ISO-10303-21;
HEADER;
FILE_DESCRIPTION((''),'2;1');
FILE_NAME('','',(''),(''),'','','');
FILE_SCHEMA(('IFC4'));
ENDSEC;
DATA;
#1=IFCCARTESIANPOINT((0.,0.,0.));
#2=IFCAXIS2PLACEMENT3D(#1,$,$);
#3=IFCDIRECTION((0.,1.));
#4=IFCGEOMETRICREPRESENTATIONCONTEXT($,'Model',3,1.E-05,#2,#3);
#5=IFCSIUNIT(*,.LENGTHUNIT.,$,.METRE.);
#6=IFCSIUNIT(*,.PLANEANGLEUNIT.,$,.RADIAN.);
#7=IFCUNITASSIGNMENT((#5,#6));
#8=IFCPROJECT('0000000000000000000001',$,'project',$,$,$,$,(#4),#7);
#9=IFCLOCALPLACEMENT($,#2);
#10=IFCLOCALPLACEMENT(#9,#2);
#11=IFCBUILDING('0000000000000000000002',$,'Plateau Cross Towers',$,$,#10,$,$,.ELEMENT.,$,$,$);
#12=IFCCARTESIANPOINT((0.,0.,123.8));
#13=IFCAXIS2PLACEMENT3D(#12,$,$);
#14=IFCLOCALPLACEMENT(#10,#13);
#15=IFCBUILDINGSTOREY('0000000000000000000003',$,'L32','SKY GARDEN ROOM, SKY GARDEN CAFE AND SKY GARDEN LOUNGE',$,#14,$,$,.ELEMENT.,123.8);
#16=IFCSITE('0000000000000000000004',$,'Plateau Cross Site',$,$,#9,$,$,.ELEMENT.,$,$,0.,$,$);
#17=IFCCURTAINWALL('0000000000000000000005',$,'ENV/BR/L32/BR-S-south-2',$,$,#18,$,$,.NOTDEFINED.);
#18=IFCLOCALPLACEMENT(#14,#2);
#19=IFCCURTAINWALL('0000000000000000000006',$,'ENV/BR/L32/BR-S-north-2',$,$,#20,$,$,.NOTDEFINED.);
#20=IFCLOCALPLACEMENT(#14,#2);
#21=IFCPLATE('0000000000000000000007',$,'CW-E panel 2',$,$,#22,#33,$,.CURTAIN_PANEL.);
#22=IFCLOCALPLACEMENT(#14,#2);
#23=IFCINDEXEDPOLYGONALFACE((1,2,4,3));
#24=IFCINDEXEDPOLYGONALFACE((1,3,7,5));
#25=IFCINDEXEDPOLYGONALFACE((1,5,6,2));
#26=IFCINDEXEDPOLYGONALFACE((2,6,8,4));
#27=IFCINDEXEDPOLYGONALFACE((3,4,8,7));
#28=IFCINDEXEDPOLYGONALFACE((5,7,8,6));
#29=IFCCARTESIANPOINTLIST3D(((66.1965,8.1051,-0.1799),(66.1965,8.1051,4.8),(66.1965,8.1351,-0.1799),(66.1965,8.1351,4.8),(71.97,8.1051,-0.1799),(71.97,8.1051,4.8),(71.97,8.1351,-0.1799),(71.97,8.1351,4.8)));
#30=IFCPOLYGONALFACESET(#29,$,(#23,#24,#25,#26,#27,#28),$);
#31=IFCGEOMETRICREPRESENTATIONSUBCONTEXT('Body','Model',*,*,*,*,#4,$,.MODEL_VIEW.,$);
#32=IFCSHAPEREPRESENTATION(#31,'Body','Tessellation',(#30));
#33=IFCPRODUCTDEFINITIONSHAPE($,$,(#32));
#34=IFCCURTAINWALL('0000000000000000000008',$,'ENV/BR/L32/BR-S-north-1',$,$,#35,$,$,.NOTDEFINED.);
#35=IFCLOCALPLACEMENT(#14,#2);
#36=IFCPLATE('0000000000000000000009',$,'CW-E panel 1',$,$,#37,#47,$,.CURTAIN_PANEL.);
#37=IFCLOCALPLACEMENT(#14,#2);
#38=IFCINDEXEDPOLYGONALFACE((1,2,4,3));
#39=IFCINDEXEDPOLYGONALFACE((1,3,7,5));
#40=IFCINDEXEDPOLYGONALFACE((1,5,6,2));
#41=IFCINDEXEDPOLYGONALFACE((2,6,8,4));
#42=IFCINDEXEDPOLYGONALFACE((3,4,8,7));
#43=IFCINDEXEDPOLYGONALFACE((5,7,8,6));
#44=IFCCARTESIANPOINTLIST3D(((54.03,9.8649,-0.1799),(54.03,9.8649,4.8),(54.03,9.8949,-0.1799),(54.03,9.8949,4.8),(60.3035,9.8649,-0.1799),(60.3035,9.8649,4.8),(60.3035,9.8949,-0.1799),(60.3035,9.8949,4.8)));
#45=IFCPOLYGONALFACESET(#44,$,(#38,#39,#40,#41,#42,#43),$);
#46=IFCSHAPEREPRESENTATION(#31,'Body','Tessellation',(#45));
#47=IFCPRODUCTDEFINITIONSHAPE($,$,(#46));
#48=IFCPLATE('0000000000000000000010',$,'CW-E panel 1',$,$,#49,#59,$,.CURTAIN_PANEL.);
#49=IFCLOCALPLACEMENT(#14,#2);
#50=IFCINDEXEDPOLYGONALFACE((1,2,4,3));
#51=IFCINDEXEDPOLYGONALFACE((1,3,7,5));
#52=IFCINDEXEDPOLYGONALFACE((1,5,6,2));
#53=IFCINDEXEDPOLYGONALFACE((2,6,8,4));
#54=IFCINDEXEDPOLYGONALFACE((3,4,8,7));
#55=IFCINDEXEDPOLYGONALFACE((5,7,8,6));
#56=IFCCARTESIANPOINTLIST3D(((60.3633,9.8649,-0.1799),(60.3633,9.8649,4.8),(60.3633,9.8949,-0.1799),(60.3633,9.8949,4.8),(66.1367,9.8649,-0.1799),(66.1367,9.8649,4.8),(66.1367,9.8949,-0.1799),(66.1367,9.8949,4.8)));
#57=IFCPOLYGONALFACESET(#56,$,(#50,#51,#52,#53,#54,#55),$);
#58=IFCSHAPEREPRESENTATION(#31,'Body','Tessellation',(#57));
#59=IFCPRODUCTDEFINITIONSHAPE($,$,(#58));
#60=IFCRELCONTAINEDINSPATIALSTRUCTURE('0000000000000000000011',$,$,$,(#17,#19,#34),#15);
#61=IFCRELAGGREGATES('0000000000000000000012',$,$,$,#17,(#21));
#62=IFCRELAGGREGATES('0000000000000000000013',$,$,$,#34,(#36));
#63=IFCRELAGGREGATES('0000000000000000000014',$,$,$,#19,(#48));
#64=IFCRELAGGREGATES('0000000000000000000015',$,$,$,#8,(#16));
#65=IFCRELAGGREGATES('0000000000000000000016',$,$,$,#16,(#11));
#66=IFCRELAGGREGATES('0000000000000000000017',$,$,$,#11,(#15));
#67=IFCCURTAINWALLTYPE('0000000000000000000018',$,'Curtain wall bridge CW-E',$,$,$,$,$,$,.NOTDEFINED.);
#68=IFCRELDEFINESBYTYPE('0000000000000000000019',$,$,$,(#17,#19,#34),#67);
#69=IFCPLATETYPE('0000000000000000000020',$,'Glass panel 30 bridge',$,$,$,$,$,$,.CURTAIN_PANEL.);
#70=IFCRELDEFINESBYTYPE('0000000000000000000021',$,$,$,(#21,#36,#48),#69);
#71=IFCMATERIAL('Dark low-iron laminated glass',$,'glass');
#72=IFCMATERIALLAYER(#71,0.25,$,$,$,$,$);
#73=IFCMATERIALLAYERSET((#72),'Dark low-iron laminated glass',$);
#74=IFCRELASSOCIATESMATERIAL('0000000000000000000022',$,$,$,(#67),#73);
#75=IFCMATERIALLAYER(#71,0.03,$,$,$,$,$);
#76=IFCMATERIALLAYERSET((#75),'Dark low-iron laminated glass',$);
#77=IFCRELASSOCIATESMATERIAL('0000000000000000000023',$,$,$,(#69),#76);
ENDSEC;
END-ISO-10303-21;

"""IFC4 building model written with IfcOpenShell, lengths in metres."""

from ifc_helpers import new_model, si_unit, direction, frame, origin, origin_2d, place, context, subcontext, project, spatial, rectangle, extrude, material, layer, layer_set, type_object, element, aggregate, save


model = new_model("IFC4")

# Units and contexts
model_context = context("Model", 3, precision=1e-05, world=origin(), true_north=direction((0.0, 1.0)))
body_context = subcontext(model_context, "Body", "Model", "MODEL_VIEW")
ifc_project = project(units=[si_unit("LENGTHUNIT", "METRE"), si_unit("PLANEANGLEUNIT", "RADIAN")], contexts=[model_context])

# Site, building, storey
site_placement = place(None, origin())
site = spatial("IfcSite", under=ifc_project, at=site_placement, Name="Plateau Cross Site", CompositionType="ELEMENT", RefElevation=0.0)
building_placement = place(site_placement, origin())
building = spatial("IfcBuilding", under=site, at=building_placement, Name="Plateau Cross Towers", CompositionType="ELEMENT")
storey_placement = place(building_placement, frame((0.0, 0.0, 123.8)))
storey = spatial("IfcBuildingStorey", under=building, at=storey_placement, Name="L32", Description="SKY GARDEN ROOM, SKY GARDEN CAFE AND SKY GARDEN LOUNGE", CompositionType="ELEMENT", Elevation=123.8)

# Curtain walls
ifc_material_1 = material(Name="Dark low-iron laminated glass", Category="glass")
ifc_layer_1 = layer(ifc_material_1, 0.25)
ifc_layer_set_1 = layer_set([ifc_layer_1], Name="Dark low-iron laminated glass")
curtain_wall_type = type_object("IfcCurtainWallType", Name="Curtain wall bridge CW-E", PredefinedType="NOTDEFINED", material=ifc_layer_set_1)
curtain_wall_1_placement = place(storey_placement, origin())
curtain_wall_1 = element("IfcCurtainWall", 1, at=curtain_wall_1_placement, inside=storey, type_object=curtain_wall_type, Name="ENV/BR/L32/BR-S-south-2", PredefinedType="NOTDEFINED")
curtain_wall_2_placement = place(storey_placement, origin())
curtain_wall_2 = element("IfcCurtainWall", 2, at=curtain_wall_2_placement, inside=storey, type_object=curtain_wall_type, Name="ENV/BR/L32/BR-S-north-2", PredefinedType="NOTDEFINED")

# Shared definitions
ifc_layer_2 = layer(ifc_material_1, 0.03)
ifc_layer_set_2 = layer_set([ifc_layer_2], Name="Dark low-iron laminated glass")
plate_type = type_object("IfcPlateType", Name="Glass panel 30 bridge", PredefinedType="CURTAIN_PANEL", material=ifc_layer_set_2)

# Plate
plate_1_placement = place(storey_placement, frame((69.0833, 8.1201, -0.1799), z_axis=(0.0, 0.0, 1.0), x_axis=(1.0, 0.0, 0.0)))
plate_1 = element("IfcPlate", 3, at=plate_1_placement, type_object=plate_type, Name="CW-E panel 2", PredefinedType="CURTAIN_PANEL", context=body_context, shape_type="SweptSolid", body=[
    extrude(rectangle(XDim=5.7734, YDim=0.03, at=origin_2d()), origin(), (0.0, 0.0, 1.0), 4.98),
])
aggregate(curtain_wall_1, [plate_1])

# Curtain wall, plate
curtain_wall_3_placement = place(storey_placement, origin())
curtain_wall_3 = element("IfcCurtainWall", 4, at=curtain_wall_3_placement, inside=storey, type_object=curtain_wall_type, Name="ENV/BR/L32/BR-S-north-1", PredefinedType="NOTDEFINED")
plate_2_placement = place(storey_placement, frame((57.1667, 9.8799, -0.1799), z_axis=(0.0, 0.0, 1.0), x_axis=(1.0, 0.0, 0.0)))
plate_2 = element("IfcPlate", 5, at=plate_2_placement, type_object=plate_type, Name="CW-E panel 1", PredefinedType="CURTAIN_PANEL", context=body_context, shape_type="SweptSolid", body=[
    extrude(rectangle(XDim=6.2734, YDim=0.03, at=origin_2d()), origin(), (0.0, 0.0, 1.0), 4.98),
])
aggregate(curtain_wall_3, [plate_2])

# Plate
plate_3_placement = place(storey_placement, frame((63.25, 9.8799, -0.1799), z_axis=(0.0, 0.0, 1.0), x_axis=(1.0, 0.0, 0.0)))
plate_3 = element("IfcPlate", 6, at=plate_3_placement, type_object=plate_type, Name="CW-E panel 1", PredefinedType="CURTAIN_PANEL", context=body_context, shape_type="SweptSolid", body=[
    extrude(rectangle(XDim=5.7734, YDim=0.03, at=origin_2d()), origin(), (0.0, 0.0, 1.0), 4.98),
])
aggregate(curtain_wall_2, [plate_3])

save(model, "model.ifc")
